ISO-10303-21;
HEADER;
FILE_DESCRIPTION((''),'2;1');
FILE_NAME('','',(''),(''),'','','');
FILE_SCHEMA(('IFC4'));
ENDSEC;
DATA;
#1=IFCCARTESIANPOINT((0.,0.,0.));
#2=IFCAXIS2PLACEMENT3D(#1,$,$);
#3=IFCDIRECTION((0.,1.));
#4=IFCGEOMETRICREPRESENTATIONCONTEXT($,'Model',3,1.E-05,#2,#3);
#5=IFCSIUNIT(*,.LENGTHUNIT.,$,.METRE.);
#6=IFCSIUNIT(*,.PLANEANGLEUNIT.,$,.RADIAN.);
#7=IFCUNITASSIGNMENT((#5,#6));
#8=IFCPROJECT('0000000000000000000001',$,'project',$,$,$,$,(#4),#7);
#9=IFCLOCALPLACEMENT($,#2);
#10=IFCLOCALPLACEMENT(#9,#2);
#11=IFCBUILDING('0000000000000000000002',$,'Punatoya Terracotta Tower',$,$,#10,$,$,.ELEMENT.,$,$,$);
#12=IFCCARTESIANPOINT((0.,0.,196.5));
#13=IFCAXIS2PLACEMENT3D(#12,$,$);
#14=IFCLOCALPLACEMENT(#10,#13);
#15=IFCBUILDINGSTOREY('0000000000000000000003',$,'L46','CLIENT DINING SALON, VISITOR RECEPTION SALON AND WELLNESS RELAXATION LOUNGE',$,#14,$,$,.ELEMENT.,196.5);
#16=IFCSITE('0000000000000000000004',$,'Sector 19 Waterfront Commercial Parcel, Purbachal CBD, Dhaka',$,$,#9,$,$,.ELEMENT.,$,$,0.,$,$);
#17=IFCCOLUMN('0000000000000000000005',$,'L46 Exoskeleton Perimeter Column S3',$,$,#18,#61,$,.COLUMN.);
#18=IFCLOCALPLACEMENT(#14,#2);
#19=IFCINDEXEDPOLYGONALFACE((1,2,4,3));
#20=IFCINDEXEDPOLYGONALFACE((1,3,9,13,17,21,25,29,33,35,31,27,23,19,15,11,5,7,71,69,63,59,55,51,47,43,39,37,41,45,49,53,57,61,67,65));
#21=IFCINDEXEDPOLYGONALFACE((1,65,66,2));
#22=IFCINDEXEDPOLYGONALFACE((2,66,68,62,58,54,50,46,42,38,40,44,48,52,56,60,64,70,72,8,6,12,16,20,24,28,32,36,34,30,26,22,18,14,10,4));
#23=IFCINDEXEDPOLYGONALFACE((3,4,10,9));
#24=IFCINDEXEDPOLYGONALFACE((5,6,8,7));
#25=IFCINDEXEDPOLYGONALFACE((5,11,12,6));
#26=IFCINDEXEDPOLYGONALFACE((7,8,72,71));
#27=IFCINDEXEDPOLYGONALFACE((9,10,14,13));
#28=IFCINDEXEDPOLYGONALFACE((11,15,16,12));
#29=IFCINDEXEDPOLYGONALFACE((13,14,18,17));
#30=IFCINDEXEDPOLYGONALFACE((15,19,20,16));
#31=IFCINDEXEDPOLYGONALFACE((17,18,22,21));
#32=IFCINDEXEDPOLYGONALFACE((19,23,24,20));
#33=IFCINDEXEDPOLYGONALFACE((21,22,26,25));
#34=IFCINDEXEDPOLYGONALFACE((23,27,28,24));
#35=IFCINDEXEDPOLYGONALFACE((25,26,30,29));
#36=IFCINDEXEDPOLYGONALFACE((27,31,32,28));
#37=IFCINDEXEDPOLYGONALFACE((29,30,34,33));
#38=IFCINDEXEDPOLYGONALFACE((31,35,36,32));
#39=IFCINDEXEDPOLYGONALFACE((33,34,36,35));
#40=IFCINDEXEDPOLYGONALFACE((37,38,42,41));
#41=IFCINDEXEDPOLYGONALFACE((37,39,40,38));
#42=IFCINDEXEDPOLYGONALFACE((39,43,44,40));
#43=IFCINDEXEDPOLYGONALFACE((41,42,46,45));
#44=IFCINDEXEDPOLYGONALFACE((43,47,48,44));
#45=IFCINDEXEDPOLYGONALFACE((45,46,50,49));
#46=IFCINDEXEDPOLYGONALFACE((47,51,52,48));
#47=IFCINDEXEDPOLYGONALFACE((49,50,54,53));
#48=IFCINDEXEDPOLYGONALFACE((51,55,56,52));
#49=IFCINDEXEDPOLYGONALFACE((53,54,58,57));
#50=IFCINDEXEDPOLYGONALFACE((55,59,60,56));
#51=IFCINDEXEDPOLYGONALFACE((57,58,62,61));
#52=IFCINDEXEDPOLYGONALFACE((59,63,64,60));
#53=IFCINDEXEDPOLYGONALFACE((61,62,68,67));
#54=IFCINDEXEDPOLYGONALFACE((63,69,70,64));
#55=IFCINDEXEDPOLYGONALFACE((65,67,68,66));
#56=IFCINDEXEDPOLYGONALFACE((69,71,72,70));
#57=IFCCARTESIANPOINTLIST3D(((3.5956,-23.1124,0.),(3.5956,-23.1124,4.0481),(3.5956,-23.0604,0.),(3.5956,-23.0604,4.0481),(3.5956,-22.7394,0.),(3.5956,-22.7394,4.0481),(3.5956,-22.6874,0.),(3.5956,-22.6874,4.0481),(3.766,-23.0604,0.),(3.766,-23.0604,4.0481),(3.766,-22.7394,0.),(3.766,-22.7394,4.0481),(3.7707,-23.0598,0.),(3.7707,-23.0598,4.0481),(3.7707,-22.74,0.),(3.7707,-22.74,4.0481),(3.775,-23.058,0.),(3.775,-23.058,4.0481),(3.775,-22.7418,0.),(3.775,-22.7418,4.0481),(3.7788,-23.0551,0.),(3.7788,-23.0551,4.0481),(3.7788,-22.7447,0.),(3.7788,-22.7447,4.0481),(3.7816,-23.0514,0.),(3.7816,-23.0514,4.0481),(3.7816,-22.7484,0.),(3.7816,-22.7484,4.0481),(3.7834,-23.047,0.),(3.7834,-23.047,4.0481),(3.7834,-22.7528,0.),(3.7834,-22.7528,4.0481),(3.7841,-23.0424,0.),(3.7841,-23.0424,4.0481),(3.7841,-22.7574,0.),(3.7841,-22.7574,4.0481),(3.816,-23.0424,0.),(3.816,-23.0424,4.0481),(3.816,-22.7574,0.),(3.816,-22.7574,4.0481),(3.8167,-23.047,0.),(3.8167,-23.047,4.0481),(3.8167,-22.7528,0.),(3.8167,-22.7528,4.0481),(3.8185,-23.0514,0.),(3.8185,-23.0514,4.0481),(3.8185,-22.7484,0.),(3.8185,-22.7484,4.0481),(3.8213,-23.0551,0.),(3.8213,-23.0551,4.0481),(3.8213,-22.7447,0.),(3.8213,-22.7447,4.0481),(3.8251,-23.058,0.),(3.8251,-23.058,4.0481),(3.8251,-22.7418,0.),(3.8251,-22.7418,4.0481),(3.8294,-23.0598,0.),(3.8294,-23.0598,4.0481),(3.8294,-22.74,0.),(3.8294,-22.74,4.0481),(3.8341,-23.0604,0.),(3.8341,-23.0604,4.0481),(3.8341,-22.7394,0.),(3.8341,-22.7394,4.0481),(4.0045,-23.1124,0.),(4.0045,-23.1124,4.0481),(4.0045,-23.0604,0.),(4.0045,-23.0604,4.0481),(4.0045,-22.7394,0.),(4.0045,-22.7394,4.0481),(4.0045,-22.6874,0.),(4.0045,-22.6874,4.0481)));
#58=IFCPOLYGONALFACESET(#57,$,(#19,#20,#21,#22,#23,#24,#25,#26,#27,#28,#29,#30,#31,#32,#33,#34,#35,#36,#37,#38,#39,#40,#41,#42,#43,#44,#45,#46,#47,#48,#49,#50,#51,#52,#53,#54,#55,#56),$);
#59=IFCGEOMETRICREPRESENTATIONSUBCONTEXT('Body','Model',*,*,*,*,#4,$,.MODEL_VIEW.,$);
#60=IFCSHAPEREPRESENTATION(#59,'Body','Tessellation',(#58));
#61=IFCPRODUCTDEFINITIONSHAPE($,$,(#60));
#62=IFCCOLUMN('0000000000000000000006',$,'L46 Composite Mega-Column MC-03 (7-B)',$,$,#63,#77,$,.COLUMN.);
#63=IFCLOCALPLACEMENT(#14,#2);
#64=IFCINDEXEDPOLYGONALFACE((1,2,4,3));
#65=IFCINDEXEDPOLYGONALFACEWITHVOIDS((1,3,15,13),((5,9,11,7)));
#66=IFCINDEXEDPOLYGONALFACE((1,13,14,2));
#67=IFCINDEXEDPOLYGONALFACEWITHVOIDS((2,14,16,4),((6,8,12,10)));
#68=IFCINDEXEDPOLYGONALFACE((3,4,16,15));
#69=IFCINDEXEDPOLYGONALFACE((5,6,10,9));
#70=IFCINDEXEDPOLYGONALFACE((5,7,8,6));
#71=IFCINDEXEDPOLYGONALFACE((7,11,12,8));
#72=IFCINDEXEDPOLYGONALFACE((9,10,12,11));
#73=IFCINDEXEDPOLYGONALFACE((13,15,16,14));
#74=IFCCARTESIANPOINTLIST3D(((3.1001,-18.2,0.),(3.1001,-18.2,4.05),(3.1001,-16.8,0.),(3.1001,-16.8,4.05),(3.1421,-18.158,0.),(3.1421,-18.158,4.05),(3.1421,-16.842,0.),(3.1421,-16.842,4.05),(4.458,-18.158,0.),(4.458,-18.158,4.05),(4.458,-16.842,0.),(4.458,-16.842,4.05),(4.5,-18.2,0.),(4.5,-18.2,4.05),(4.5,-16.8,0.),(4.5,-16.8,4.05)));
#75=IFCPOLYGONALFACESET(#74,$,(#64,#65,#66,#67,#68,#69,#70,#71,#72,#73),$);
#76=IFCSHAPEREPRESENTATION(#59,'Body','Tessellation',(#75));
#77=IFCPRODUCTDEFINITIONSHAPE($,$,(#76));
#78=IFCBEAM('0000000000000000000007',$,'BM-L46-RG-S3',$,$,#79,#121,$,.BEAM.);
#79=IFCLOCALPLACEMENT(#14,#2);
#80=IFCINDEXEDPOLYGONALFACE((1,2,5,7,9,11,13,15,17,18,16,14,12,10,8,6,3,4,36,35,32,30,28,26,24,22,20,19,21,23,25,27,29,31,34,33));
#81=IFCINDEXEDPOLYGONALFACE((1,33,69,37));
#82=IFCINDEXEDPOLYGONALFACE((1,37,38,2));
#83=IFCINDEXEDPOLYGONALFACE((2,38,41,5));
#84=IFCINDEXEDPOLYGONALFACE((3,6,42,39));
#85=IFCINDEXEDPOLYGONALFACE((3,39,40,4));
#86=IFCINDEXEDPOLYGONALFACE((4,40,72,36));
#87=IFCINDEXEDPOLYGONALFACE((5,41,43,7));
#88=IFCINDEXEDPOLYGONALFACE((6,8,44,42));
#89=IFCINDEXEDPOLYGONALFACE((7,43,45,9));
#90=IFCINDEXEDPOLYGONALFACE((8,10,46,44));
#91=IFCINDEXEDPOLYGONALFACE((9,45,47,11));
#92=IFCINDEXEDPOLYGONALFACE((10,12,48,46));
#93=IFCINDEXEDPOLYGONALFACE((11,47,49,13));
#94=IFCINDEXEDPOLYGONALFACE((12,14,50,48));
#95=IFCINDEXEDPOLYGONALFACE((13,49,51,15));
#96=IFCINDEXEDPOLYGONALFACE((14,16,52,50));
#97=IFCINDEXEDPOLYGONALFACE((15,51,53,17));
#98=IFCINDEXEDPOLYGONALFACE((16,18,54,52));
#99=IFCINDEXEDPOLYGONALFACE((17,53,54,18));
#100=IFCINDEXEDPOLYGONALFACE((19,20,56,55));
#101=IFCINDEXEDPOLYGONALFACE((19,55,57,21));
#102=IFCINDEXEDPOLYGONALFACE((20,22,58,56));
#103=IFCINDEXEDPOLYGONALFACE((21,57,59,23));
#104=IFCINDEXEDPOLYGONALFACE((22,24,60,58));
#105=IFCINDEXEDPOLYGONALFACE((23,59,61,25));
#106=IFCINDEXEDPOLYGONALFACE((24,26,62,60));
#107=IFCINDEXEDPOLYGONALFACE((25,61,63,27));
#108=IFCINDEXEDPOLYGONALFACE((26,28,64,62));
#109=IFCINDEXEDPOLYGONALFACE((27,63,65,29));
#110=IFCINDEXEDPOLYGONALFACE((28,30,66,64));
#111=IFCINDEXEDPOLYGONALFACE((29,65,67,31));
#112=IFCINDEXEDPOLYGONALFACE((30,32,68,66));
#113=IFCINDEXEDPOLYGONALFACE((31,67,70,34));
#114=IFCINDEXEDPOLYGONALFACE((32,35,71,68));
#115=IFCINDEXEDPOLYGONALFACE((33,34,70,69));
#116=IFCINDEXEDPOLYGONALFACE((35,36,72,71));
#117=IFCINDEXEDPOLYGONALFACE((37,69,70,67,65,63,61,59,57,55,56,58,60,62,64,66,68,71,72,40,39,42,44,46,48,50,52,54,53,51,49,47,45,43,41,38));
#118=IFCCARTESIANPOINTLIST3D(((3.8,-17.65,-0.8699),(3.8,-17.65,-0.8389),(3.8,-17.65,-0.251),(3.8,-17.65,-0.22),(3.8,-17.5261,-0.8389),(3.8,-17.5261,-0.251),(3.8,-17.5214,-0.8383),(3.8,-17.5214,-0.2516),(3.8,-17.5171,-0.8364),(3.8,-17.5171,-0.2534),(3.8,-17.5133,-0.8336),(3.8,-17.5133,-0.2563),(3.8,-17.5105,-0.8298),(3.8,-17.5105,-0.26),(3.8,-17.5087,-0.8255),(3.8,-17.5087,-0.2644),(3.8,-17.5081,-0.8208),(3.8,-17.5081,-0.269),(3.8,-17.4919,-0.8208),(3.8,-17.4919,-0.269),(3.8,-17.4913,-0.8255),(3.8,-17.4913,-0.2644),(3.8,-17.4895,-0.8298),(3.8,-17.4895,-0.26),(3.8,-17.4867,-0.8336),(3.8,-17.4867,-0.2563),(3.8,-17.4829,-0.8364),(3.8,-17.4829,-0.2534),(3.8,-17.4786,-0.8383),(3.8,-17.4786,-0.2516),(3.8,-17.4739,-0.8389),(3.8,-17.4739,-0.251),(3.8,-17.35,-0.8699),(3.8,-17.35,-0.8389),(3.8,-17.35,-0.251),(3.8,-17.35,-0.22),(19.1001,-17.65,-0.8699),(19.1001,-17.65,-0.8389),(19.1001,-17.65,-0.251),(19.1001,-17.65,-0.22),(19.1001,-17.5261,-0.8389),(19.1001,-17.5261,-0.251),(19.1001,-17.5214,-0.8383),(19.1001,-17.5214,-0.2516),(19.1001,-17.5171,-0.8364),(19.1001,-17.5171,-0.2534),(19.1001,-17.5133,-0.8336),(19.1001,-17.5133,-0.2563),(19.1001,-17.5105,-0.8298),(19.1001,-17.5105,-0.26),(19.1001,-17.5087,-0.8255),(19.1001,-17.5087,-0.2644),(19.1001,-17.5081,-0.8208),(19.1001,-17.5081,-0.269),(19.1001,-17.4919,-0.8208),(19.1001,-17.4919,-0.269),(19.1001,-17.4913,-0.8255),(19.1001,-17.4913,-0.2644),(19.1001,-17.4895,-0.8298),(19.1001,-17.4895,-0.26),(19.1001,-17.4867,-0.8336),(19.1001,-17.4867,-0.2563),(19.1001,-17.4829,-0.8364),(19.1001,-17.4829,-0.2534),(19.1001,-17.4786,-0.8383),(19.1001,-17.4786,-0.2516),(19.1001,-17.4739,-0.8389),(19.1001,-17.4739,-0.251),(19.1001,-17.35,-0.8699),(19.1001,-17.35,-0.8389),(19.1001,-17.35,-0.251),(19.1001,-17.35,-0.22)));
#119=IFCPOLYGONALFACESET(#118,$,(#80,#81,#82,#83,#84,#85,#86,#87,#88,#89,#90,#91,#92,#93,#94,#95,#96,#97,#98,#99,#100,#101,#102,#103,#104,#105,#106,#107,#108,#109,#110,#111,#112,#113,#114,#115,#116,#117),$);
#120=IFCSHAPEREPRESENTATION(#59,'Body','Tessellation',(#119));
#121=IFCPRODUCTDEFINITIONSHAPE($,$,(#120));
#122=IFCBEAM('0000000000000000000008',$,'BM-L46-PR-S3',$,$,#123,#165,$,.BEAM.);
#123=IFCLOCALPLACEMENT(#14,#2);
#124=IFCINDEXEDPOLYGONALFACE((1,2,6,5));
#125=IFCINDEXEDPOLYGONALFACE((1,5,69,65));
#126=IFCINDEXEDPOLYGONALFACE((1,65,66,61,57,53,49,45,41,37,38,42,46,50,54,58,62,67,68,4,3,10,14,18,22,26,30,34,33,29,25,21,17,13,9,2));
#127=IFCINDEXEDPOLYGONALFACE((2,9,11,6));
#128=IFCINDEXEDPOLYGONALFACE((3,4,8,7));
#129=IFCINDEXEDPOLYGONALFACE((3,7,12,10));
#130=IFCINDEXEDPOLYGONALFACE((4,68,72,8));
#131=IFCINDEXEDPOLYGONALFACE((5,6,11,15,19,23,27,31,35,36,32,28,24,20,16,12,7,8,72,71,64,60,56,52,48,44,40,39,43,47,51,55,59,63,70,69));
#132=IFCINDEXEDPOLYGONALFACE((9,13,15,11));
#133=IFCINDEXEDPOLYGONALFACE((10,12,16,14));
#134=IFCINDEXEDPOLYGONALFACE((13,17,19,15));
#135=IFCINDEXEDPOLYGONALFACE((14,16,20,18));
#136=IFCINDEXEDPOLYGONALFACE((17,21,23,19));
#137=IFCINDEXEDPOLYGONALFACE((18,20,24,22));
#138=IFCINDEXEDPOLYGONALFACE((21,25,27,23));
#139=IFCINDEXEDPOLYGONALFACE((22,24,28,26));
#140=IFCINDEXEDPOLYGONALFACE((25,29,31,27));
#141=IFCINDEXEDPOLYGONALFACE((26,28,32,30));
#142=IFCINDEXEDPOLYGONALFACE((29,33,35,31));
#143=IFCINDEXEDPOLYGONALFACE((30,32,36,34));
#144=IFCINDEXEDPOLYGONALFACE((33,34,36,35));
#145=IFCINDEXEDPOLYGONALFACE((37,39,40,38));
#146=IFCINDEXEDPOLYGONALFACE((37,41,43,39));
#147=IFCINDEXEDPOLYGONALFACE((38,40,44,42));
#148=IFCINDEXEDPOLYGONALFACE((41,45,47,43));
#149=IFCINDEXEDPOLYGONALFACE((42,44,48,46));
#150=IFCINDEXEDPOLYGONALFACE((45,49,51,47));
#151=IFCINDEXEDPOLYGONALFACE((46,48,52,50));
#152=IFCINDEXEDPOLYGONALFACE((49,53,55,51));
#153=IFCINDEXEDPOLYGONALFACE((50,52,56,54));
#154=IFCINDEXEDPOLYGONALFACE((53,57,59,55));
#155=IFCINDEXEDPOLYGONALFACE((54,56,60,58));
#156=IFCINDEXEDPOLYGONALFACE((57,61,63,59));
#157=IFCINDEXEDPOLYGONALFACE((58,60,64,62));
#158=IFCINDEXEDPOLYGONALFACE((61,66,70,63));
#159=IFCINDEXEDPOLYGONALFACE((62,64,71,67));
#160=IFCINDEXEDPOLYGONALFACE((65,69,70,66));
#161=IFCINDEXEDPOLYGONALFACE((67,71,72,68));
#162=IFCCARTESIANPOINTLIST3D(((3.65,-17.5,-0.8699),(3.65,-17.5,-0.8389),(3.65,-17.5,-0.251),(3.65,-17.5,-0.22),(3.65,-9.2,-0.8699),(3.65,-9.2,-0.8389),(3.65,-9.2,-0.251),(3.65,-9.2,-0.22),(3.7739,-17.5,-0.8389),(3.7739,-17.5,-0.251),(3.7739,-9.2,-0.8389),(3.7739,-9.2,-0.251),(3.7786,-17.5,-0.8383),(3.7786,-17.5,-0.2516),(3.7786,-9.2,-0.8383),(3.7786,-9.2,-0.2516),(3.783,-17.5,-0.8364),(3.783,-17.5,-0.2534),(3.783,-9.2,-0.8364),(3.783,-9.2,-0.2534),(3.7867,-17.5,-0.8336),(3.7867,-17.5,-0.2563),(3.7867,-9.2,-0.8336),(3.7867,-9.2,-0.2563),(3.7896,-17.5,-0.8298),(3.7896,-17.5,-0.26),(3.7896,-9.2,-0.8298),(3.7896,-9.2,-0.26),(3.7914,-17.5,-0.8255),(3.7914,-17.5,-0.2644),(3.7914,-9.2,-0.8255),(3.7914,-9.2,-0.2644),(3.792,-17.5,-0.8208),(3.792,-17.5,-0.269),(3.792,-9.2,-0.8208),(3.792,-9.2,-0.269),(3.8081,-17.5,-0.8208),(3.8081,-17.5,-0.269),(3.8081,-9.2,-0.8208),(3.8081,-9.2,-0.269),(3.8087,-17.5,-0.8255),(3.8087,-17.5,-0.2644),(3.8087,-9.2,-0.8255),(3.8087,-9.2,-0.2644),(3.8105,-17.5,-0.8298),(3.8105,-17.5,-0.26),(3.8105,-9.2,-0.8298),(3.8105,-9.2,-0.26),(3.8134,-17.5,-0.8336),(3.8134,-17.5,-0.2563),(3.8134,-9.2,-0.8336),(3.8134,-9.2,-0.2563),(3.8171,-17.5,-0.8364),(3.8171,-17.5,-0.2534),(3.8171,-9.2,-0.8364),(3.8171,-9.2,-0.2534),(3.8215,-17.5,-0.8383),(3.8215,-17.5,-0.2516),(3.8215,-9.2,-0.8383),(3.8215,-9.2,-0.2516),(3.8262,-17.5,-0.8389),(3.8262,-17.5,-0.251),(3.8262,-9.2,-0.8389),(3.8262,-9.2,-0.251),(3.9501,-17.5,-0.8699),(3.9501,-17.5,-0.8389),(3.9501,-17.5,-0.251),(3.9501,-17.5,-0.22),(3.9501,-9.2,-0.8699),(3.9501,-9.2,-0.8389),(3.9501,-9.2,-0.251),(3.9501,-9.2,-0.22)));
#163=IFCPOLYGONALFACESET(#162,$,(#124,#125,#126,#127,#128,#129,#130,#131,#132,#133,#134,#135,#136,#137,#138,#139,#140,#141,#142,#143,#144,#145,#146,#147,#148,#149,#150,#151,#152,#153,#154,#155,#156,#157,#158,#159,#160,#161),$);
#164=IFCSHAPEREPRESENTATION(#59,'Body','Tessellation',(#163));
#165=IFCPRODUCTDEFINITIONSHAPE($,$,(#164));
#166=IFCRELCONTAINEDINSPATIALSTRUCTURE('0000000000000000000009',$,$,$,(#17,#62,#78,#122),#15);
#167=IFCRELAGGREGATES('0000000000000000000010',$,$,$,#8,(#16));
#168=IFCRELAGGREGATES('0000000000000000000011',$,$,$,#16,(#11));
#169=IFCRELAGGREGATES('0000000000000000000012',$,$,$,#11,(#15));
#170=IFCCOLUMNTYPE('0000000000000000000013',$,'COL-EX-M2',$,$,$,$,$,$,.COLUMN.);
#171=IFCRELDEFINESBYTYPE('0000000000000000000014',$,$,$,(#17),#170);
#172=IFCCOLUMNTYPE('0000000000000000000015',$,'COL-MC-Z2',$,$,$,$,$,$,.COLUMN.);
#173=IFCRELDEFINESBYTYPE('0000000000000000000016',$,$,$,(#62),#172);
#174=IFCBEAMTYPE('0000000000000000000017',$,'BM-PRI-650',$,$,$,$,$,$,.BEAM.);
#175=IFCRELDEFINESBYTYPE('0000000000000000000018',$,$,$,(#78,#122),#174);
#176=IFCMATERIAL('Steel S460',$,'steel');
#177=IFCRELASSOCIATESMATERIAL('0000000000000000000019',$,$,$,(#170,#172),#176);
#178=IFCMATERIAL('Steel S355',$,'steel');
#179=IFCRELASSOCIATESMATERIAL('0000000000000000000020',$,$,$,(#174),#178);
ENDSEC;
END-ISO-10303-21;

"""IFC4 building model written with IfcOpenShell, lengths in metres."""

from ifc_helpers import new_model, si_unit, direction, frame, origin, origin_2d, place, context, subcontext, project, spatial, hollow_rectangle, i_section, extrude, material, material_profile, profile_set, type_object, element, save


model = new_model("IFC4")

# Units and contexts
model_context = context("Model", 3, precision=1e-05, world=origin(), true_north=direction((0.0, 1.0)))
body_context = subcontext(model_context, "Body", "Model", "MODEL_VIEW")
ifc_project = project(units=[si_unit("LENGTHUNIT", "METRE"), si_unit("PLANEANGLEUNIT", "RADIAN")], contexts=[model_context])

# Site, building, storey
site_placement = place(None, origin())
site = spatial("IfcSite", under=ifc_project, at=site_placement, Name="Sector 19 Waterfront Commercial Parcel, Purbachal CBD, Dhaka", CompositionType="ELEMENT", RefElevation=0.0)
building_placement = place(site_placement, origin())
building = spatial("IfcBuilding", under=site, at=building_placement, Name="Punatoya Terracotta Tower", CompositionType="ELEMENT")
storey_placement = place(building_placement, frame((0.0, 0.0, 196.5)))
storey = spatial("IfcBuildingStorey", under=building, at=storey_placement, Name="L46", Description="CLIENT DINING SALON, VISITOR RECEPTION SALON AND WELLNESS RELAXATION LOUNGE", CompositionType="ELEMENT", Elevation=196.5)

# Columns
ifc_material_1 = material(Name="Steel S460", Category="steel")
ifc_material_profile_1 = material_profile(ifc_material_1, i_section(OverallWidth=0.4089, OverallDepth=0.425, WebThickness=0.032, FlangeThickness=0.052, FilletRadius=0.0181, at=origin_2d()))
ifc_profile_set_1 = profile_set([ifc_material_profile_1], Name="Steel S460")
column_type_1 = type_object("IfcColumnType", Name="COL-EX-M2", PredefinedType="COLUMN", material=ifc_profile_set_1)
column_1_placement = place(storey_placement, frame((3.8, -22.8999, 0.0), z_axis=(0.0, 0.0, 1.0), x_axis=(1.0, 0.0, 0.0)))
element("IfcColumn", 1, at=column_1_placement, inside=storey, type_object=column_type_1, Name="L46 Exoskeleton Perimeter Column S3", PredefinedType="COLUMN", context=body_context, shape_type="SweptSolid", body=[
    extrude(i_section(OverallWidth=0.4089, OverallDepth=0.425, WebThickness=0.032, FlangeThickness=0.052, FilletRadius=0.0181, at=origin_2d()), origin(), (0.0, 0.0, 1.0), 4.0481),
])
ifc_material_profile_2 = material_profile(ifc_material_1, hollow_rectangle(XDim=1.3999, YDim=1.3999, WallThickness=0.042, at=origin_2d()))
ifc_profile_set_2 = profile_set([ifc_material_profile_2], Name="Steel S460")
column_type_2 = type_object("IfcColumnType", Name="COL-MC-Z2", PredefinedType="COLUMN", material=ifc_profile_set_2)
column_2_placement = place(storey_placement, frame((3.8, -17.5, 0.0), z_axis=(0.0, 0.0, 1.0), x_axis=(1.0, 0.0, 0.0)))
element("IfcColumn", 2, at=column_2_placement, inside=storey, type_object=column_type_2, Name="L46 Composite Mega-Column MC-03 (7-B)", PredefinedType="COLUMN", context=body_context, shape_type="SweptSolid", body=[
    extrude(hollow_rectangle(XDim=1.3999, YDim=1.3999, WallThickness=0.042, at=origin_2d()), origin(), (0.0, 0.0, 1.0), 4.05),
])

# Beams
ifc_material_2 = material(Name="Steel S355", Category="steel")
ifc_material_profile_3 = material_profile(ifc_material_2, i_section(OverallWidth=0.3, OverallDepth=0.6499, WebThickness=0.0161, FlangeThickness=0.031, FilletRadius=0.0181, at=origin_2d()))
ifc_profile_set_3 = profile_set([ifc_material_profile_3], Name="Steel S355")
beam_type_1 = type_object("IfcBeamType", Name="BM-PRI-650", PredefinedType="BEAM", material=ifc_profile_set_3)
beam_1_placement = place(storey_placement, frame((3.8, -17.5, -0.5449), z_axis=(1.0, 0.0, 0.0), x_axis=(0.0, 1.0, 0.0)))
element("IfcBeam", 3, at=beam_1_placement, inside=storey, type_object=beam_type_1, Name="BM-L46-RG-S3", PredefinedType="BEAM", context=body_context, shape_type="SweptSolid", body=[
    extrude(i_section(OverallWidth=0.3, OverallDepth=0.6499, WebThickness=0.0161, FlangeThickness=0.031, FilletRadius=0.0181, at=origin_2d()), origin(), (0.0, 0.0, 1.0), 15.3),
])
for number, where, z_axis, x_axis, name in (
    (4, (3.8, -17.5, -0.5449), (0.0, 1.0, 0.0), (-1.0, 0.0, 0.0), "BM-L46-PR-S3"),
):
    element("IfcBeam", number, at=place(storey_placement, frame(where, z_axis=z_axis, x_axis=x_axis)), inside=storey, type_object=beam_type_1, Name=name, PredefinedType="BEAM", context=body_context, shape_type="SweptSolid", body=[
        extrude(i_section(OverallWidth=0.3, OverallDepth=0.6499, WebThickness=0.0161, FlangeThickness=0.031, FilletRadius=0.0181, at=origin_2d()), origin(), (0.0, 0.0, 1.0), 8.3),
    ])

save(model, "model.ifc")
